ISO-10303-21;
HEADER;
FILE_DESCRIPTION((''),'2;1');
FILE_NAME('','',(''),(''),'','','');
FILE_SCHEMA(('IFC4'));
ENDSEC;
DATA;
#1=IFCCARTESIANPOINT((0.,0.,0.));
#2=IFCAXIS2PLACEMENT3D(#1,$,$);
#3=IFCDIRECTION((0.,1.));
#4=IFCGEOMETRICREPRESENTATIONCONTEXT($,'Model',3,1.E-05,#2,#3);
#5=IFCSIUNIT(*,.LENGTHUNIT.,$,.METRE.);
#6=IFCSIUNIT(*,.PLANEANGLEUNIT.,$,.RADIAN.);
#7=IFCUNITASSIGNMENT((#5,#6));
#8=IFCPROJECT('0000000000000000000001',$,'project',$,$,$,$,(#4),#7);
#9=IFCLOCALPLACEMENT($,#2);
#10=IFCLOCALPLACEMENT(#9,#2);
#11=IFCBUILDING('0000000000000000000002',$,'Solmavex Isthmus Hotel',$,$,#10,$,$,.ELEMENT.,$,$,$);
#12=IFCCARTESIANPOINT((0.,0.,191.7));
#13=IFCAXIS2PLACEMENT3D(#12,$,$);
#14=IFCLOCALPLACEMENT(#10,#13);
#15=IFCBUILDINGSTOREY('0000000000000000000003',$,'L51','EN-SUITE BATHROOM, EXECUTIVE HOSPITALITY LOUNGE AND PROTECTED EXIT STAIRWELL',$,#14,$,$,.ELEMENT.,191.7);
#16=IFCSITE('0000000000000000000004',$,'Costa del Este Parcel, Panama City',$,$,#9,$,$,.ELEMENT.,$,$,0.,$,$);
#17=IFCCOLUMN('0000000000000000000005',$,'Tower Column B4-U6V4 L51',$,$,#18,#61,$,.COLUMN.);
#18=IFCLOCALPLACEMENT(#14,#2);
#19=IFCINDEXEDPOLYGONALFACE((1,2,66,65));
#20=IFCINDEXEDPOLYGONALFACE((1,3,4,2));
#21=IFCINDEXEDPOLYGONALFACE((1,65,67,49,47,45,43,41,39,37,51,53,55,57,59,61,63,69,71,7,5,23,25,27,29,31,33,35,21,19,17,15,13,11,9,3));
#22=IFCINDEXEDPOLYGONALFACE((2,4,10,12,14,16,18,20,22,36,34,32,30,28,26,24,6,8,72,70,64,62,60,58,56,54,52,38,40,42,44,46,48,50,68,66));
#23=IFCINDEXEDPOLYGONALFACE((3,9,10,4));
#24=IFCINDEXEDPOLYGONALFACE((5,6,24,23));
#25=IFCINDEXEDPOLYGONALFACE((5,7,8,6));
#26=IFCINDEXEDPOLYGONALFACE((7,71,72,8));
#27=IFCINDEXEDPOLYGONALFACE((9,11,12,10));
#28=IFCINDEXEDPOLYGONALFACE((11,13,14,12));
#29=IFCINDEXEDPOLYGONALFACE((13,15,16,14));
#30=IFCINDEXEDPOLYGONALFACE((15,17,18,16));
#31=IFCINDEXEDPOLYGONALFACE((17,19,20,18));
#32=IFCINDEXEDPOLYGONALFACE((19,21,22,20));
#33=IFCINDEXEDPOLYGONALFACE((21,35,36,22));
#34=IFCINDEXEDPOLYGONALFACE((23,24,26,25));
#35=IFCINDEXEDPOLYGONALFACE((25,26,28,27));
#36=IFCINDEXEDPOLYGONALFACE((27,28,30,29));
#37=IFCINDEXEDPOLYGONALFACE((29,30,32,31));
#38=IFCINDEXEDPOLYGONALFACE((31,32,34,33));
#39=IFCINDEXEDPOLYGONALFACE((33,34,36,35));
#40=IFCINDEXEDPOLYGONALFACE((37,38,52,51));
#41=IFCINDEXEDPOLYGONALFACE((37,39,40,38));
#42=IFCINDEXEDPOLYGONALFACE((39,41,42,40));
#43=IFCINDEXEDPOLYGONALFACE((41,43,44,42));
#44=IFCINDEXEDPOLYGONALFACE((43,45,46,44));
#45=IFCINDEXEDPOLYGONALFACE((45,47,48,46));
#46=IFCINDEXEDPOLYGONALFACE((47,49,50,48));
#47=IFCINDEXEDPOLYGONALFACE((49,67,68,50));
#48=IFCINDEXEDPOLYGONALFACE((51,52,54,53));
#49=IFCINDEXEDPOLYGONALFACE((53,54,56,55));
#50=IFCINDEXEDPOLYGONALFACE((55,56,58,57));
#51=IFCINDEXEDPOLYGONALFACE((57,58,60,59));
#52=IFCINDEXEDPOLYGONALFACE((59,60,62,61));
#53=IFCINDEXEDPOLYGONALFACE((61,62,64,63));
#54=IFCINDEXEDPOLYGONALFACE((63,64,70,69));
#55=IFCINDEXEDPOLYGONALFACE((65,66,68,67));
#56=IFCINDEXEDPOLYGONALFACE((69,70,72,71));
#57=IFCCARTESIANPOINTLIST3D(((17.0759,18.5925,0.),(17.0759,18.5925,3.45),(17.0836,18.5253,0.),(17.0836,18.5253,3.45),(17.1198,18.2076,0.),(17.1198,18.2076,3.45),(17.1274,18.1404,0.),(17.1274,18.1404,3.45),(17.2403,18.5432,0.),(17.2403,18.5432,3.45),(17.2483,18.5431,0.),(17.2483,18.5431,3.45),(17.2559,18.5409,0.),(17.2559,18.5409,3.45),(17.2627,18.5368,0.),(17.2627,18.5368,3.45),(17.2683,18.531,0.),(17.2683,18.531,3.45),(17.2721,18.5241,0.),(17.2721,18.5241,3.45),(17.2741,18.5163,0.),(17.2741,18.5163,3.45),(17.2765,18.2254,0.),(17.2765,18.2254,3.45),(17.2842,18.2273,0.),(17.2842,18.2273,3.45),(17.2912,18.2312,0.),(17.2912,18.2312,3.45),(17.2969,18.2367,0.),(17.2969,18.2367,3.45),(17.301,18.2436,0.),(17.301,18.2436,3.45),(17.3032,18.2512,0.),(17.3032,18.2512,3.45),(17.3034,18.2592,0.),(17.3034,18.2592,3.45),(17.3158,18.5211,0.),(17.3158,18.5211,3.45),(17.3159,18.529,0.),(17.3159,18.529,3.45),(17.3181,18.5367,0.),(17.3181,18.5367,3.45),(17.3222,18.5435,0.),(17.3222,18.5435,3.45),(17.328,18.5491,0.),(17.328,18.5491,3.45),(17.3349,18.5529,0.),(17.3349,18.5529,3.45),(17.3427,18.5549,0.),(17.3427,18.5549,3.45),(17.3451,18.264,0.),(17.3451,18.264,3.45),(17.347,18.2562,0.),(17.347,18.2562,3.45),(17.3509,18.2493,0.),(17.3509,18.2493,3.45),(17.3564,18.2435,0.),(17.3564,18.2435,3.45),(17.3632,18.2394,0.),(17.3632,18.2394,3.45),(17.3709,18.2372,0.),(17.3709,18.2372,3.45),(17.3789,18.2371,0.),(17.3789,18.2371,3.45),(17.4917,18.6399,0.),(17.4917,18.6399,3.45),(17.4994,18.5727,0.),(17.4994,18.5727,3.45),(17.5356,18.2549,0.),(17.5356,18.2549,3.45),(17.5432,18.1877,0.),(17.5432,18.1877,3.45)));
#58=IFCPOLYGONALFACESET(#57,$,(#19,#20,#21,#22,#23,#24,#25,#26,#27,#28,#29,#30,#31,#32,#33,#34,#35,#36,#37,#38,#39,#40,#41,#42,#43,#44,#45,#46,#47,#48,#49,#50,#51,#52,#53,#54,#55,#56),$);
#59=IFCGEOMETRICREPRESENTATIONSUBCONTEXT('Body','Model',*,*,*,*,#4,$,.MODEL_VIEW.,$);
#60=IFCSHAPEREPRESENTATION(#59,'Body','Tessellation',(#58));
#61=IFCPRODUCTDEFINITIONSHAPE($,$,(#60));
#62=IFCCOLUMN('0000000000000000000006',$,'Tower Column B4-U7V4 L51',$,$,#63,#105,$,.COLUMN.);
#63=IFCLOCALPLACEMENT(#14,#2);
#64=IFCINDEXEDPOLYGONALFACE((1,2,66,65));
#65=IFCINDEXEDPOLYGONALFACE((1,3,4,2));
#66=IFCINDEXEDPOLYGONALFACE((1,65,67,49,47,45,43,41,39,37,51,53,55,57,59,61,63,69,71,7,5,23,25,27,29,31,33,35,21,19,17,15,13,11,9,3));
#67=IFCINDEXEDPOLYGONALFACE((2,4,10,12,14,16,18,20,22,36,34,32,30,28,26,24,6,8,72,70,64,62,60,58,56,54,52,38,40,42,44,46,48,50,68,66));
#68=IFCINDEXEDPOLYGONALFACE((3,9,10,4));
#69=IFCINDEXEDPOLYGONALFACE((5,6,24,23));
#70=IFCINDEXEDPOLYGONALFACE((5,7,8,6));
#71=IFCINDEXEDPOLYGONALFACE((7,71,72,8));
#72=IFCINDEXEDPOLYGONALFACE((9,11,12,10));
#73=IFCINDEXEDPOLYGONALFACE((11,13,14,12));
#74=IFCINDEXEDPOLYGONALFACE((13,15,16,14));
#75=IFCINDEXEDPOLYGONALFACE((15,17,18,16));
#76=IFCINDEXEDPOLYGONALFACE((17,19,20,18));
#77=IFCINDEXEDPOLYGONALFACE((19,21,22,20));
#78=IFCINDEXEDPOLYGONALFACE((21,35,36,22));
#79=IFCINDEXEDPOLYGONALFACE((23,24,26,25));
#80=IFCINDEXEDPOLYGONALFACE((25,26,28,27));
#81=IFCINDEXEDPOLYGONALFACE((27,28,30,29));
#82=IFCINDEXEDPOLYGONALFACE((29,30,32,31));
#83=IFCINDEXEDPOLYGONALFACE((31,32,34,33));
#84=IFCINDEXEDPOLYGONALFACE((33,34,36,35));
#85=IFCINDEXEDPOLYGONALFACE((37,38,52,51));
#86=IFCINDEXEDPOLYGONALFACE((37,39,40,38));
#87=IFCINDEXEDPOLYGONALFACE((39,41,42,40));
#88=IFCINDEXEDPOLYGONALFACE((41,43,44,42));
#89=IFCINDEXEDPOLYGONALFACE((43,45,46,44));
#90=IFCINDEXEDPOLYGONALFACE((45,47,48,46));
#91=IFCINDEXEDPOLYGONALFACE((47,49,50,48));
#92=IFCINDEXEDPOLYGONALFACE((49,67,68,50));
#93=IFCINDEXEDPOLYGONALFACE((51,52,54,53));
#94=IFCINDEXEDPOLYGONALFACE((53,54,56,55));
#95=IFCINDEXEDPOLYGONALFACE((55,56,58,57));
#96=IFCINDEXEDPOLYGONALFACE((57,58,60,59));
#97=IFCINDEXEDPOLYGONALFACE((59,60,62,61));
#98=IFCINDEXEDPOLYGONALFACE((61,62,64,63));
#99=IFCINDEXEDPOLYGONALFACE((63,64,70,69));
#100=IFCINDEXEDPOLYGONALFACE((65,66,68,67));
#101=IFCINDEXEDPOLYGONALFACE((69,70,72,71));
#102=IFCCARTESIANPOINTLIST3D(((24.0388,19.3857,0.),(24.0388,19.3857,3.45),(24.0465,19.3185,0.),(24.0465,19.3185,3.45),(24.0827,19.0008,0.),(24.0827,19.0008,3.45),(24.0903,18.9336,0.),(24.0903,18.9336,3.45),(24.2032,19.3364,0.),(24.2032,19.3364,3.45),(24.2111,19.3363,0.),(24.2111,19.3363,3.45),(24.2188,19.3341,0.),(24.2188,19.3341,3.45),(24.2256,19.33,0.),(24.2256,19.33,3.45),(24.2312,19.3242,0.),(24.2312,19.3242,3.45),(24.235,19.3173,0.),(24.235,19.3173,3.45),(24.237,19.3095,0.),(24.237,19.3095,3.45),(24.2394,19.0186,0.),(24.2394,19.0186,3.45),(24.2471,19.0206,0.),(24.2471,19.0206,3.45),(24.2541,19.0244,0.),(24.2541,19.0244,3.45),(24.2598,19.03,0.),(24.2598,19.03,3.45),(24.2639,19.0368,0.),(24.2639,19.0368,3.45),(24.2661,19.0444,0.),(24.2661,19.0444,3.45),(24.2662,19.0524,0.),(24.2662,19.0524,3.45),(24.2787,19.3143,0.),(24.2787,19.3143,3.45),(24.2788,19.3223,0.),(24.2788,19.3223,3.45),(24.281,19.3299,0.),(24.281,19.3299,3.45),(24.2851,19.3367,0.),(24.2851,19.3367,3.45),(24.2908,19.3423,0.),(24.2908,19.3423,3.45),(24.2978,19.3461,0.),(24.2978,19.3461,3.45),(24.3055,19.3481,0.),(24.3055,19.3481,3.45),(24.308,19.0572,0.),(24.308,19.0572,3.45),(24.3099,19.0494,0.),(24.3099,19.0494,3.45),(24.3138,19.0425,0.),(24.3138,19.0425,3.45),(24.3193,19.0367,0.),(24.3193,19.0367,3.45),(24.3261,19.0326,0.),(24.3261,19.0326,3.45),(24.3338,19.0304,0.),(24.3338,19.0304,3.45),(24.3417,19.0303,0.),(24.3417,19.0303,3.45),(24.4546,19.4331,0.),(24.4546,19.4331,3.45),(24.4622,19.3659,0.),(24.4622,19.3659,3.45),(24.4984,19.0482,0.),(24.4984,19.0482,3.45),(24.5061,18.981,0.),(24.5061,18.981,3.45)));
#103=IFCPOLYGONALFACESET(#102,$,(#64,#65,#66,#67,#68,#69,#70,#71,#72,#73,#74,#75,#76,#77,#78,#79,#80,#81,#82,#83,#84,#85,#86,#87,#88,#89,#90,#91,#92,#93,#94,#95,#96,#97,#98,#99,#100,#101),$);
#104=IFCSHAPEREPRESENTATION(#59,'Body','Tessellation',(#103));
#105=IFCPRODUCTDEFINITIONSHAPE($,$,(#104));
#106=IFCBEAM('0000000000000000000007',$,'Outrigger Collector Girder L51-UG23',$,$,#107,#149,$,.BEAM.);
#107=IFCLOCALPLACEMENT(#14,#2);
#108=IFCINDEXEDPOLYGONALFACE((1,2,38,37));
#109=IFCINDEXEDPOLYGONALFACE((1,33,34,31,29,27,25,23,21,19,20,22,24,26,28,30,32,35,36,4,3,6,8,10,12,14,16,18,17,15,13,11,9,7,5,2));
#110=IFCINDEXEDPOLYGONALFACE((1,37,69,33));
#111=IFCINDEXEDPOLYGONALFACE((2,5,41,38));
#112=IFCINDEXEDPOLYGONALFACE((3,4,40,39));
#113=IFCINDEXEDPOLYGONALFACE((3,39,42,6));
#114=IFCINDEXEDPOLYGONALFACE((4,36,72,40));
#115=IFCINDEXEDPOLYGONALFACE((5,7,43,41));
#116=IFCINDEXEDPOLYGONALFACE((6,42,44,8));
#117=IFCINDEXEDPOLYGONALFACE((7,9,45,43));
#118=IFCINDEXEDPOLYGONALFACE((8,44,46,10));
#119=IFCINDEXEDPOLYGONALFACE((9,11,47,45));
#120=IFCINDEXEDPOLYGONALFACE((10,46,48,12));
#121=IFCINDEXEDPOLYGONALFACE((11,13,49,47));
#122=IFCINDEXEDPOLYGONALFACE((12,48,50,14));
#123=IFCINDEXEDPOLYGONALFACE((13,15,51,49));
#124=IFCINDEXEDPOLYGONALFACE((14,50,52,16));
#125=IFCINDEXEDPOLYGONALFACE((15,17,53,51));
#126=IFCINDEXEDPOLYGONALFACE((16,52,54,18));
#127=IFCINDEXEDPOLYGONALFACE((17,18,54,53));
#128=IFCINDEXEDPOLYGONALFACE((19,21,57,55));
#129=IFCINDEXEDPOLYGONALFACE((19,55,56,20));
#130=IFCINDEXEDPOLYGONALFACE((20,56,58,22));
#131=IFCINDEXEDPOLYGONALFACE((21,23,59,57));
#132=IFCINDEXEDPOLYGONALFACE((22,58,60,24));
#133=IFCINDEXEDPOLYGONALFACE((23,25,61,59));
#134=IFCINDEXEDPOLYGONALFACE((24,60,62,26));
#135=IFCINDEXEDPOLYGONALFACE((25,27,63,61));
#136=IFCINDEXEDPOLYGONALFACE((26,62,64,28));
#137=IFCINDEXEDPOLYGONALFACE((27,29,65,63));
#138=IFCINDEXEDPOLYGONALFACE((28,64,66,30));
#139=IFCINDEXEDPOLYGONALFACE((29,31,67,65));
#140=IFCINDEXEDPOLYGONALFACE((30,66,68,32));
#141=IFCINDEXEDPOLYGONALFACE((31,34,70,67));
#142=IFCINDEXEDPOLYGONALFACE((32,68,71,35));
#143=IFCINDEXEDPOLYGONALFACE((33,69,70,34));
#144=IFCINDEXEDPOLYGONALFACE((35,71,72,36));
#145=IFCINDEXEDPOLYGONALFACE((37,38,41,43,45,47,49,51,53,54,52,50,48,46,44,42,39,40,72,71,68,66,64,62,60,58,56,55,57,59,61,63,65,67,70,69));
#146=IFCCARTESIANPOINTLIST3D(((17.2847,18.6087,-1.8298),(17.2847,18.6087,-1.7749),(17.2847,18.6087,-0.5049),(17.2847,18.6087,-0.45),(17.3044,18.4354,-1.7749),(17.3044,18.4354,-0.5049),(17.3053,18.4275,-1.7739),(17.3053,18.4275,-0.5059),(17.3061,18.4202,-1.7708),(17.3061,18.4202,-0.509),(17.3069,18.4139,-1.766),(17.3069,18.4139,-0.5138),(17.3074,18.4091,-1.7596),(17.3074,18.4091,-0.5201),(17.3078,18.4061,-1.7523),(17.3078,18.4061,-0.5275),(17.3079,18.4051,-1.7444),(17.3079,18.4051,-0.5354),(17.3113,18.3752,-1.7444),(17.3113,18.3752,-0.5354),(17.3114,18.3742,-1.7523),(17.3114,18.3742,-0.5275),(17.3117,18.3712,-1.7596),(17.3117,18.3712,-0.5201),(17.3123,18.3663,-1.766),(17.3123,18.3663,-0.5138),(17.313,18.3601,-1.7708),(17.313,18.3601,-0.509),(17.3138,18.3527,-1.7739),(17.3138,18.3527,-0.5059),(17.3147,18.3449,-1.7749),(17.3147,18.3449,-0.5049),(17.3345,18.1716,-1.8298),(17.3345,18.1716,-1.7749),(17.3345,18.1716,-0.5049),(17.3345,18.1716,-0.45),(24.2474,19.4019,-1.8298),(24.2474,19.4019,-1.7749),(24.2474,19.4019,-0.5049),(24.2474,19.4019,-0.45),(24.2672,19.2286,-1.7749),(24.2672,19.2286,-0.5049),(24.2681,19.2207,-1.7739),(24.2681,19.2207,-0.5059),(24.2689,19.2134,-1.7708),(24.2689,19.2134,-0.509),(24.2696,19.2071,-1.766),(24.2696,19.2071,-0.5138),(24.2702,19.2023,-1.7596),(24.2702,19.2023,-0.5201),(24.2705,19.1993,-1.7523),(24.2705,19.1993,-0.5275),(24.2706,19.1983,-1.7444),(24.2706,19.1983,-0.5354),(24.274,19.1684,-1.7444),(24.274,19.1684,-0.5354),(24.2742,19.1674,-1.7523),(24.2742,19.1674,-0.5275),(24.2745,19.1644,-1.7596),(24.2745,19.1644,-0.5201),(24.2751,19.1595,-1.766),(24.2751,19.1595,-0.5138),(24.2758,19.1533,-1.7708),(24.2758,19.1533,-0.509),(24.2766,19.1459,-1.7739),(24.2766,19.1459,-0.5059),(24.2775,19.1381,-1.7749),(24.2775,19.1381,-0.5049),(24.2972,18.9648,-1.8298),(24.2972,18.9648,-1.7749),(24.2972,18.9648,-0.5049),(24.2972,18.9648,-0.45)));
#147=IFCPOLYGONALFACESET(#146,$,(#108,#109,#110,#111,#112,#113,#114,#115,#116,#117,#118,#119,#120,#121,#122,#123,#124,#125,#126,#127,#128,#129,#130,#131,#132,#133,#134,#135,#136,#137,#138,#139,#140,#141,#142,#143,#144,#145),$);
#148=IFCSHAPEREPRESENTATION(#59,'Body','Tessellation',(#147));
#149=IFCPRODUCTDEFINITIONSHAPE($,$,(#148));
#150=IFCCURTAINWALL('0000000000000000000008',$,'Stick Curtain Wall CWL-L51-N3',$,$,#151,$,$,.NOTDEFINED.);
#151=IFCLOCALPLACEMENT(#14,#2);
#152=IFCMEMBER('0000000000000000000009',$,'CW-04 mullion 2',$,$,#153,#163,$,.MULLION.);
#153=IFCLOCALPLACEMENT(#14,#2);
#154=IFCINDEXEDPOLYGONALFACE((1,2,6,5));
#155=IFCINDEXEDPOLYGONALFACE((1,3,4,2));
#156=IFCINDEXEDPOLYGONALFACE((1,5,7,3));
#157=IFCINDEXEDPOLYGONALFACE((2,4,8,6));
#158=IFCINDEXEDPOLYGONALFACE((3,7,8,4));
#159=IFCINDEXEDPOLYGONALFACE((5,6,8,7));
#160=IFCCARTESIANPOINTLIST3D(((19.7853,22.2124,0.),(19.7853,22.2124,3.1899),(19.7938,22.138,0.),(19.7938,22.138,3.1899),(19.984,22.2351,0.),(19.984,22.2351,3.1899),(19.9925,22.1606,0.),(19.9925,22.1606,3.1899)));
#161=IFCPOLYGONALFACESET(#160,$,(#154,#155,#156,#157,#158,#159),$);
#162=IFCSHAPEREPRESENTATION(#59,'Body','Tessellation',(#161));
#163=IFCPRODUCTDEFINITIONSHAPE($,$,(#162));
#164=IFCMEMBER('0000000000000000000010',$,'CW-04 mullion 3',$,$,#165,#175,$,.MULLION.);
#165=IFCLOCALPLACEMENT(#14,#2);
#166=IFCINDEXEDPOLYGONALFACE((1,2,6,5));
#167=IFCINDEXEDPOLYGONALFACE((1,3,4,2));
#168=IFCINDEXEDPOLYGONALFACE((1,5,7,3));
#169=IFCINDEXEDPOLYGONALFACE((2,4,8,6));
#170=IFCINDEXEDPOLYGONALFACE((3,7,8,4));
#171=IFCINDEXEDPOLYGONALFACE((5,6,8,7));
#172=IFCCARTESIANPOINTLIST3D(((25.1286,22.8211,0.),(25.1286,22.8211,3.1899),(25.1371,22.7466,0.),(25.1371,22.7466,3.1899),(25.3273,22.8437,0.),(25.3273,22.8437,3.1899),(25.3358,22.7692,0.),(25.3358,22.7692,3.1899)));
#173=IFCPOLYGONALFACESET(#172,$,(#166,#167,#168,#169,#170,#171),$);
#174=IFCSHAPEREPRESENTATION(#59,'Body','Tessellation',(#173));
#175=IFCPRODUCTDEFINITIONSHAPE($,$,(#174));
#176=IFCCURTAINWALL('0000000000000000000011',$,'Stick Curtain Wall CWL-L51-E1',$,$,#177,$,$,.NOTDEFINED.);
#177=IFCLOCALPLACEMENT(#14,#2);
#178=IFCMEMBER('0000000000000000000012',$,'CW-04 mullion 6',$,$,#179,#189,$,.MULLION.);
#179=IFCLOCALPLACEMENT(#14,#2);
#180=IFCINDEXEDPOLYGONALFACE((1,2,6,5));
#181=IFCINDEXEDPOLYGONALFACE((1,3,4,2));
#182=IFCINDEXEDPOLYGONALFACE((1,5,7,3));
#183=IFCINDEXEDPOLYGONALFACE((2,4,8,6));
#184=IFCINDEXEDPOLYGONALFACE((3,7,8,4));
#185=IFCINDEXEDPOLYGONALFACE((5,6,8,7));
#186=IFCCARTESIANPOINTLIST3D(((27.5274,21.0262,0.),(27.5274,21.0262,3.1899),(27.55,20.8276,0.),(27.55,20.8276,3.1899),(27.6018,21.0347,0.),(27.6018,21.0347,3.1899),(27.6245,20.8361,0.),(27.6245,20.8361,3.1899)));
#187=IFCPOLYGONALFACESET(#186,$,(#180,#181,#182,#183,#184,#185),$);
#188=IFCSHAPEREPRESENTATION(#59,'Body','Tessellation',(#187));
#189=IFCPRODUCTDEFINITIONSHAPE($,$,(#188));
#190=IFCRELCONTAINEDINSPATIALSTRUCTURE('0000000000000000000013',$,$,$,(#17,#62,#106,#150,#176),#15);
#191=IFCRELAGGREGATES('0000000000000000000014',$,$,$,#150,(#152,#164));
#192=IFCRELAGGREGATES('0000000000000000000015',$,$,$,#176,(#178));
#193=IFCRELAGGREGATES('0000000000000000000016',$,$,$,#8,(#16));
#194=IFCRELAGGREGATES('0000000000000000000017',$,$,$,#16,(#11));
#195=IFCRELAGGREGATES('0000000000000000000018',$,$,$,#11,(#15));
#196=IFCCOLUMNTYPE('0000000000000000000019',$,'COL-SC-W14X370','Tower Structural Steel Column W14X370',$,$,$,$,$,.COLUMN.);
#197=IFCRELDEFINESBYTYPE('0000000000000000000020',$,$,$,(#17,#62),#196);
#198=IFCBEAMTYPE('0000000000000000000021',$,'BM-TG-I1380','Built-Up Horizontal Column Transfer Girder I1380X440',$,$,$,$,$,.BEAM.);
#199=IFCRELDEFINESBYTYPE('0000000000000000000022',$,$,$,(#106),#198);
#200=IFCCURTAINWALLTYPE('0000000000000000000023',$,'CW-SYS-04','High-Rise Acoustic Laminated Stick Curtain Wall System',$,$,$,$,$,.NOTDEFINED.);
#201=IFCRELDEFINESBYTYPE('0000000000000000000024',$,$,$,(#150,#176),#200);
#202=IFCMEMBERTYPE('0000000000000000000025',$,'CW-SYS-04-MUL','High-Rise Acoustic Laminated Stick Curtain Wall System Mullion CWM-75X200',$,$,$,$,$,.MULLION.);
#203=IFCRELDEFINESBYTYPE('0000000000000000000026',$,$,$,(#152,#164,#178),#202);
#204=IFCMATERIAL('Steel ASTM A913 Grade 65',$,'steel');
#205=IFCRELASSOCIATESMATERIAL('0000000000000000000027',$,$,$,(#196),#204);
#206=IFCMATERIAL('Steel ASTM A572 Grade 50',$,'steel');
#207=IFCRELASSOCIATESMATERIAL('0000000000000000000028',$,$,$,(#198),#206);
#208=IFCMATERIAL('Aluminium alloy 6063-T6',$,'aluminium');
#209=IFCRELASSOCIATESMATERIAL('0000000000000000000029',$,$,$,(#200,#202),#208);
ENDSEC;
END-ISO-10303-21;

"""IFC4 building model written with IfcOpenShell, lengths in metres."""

from ifc_helpers import new_model, si_unit, direction, frame, origin, origin_2d, place, context, subcontext, project, spatial, rectangle, i_section, extrude, material, material_profile, profile_set, type_object, element, aggregate, save


model = new_model("IFC4")

# Units and contexts
model_context = context("Model", 3, precision=1e-05, world=origin(), true_north=direction((0.0, 1.0)))
body_context = subcontext(model_context, "Body", "Model", "MODEL_VIEW")
ifc_project = project(units=[si_unit("LENGTHUNIT", "METRE"), si_unit("PLANEANGLEUNIT", "RADIAN")], contexts=[model_context])

# Site, building, storey
site_placement = place(None, origin())
site = spatial("IfcSite", under=ifc_project, at=site_placement, Name="Costa del Este Parcel, Panama City", CompositionType="ELEMENT", RefElevation=0.0)
building_placement = place(site_placement, origin())
building = spatial("IfcBuilding", under=site, at=building_placement, Name="Solmavex Isthmus Hotel", CompositionType="ELEMENT")
storey_placement = place(building_placement, frame((0.0, 0.0, 191.7)))
storey = spatial("IfcBuildingStorey", under=building, at=storey_placement, Name="L51", Description="EN-SUITE BATHROOM, EXECUTIVE HOSPITALITY LOUNGE AND PROTECTED EXIT STAIRWELL", CompositionType="ELEMENT", Elevation=191.7)

# Columns
ifc_material_1 = material(Name="Steel ASTM A913 Grade 65", Category="steel")
ifc_material_profile_1 = material_profile(ifc_material_1, i_section(OverallWidth=0.4185, OverallDepth=0.4551, WebThickness=0.042, FlangeThickness=0.0676, FilletRadius=0.0305, at=origin_2d()), Name="W14X370")
ifc_profile_set_1 = profile_set([ifc_material_profile_1], Name="Steel ASTM A913 Grade 65")
column_type = type_object("IfcColumnType", Name="COL-SC-W14X370", Description="Tower Structural Steel Column W14X370", PredefinedType="COLUMN", material=ifc_profile_set_1)
for number, where, z_axis, x_axis, name in (
    (1, (17.3096, 18.3901, 0.0), (0.0, 0.0, 1.0), (0.993572, 0.113203, 0.0), "Tower Column B4-U6V4 L51"),
    (2, (24.2725, 19.1833, 0.0), (0.0, 0.0, 1.0), (0.993572, 0.113203, 0.0), "Tower Column B4-U7V4 L51"),
):
    element("IfcColumn", number, at=place(storey_placement, frame(where, z_axis=z_axis, x_axis=x_axis)), inside=storey, type_object=column_type, Name=name, PredefinedType="COLUMN", context=body_context, shape_type="SweptSolid", body=[
        extrude(i_section(OverallWidth=0.4185, OverallDepth=0.4551, WebThickness=0.042, FlangeThickness=0.0676, FilletRadius=0.0305, at=origin_2d()), origin(), (0.0, 0.0, 1.0), 3.45),
    ])

# Beam
ifc_material_2 = material(Name="Steel ASTM A572 Grade 50", Category="steel")
ifc_material_profile_2 = material_profile(ifc_material_2, i_section(OverallWidth=0.4399, OverallDepth=1.3799, WebThickness=0.03, FlangeThickness=0.0549, FilletRadius=0.0305, at=origin_2d()), Name="I1380X440")
ifc_profile_set_2 = profile_set([ifc_material_profile_2], Name="Steel ASTM A572 Grade 50")
beam_type = type_object("IfcBeamType", Name="BM-TG-I1380", Description="Built-Up Horizontal Column Transfer Girder I1380X440", PredefinedType="BEAM", material=ifc_profile_set_2)
beam_placement = place(storey_placement, frame((17.3096, 18.3901, -1.1399), z_axis=(0.993574, 0.113188, 0.0), x_axis=(-0.113188, 0.993574, 0.0)))
element("IfcBeam", 3, at=beam_placement, inside=storey, type_object=beam_type, Name="Outrigger Collector Girder L51-UG23", PredefinedType="BEAM", context=body_context, shape_type="SweptSolid", body=[
    extrude(i_section(OverallWidth=0.4399, OverallDepth=1.3799, WebThickness=0.03, FlangeThickness=0.0549, FilletRadius=0.0305, at=origin_2d()), origin(), (0.0, 0.0, 1.0), 7.0078),
])

# Curtain wall, members
ifc_material_3 = material(Name="Aluminium alloy 6063-T6", Category="aluminium")
curtain_wall_type = type_object("IfcCurtainWallType", Name="CW-SYS-04", Description="High-Rise Acoustic Laminated Stick Curtain Wall System", PredefinedType="NOTDEFINED", material=ifc_material_3)
curtain_wall_1_placement = place(storey_placement, origin())
curtain_wall_1 = element("IfcCurtainWall", 4, at=curtain_wall_1_placement, inside=storey, type_object=curtain_wall_type, Name="Stick Curtain Wall CWL-L51-N3", PredefinedType="NOTDEFINED")
ifc_material_profile_3 = material_profile(ifc_material_3, rectangle(XDim=0.075, YDim=0.2, at=origin_2d()), Name="CWM-75X200")
ifc_profile_set_3 = profile_set([ifc_material_profile_3], Name="Aluminium alloy 6063-T6")
member_type_1 = type_object("IfcMemberType", Name="CW-SYS-04-MUL", Description="High-Rise Acoustic Laminated Stick Curtain Wall System Mullion CWM-75X200", PredefinedType="MULLION", material=ifc_profile_set_3)
member_1_placement = place(storey_placement, frame((19.8889, 22.1865, 0.0), z_axis=(0.0, 0.0, 1.0), x_axis=(-0.113204, 0.993572, 0.0)))
member_1 = element("IfcMember", 5, at=member_1_placement, type_object=member_type_1, Name="CW-04 mullion 2", PredefinedType="MULLION", context=body_context, shape_type="SweptSolid", body=[
    extrude(rectangle(XDim=0.075, YDim=0.2, at=origin_2d()), origin(), (0.0, 0.0, 1.0), 3.1899),
])
member_2_placement = place(storey_placement, frame((25.2322, 22.7952, 0.0), z_axis=(0.0, 0.0, 1.0), x_axis=(-0.113204, 0.993572, 0.0)))
member_2 = element("IfcMember", 6, at=member_2_placement, type_object=member_type_1, Name="CW-04 mullion 3", PredefinedType="MULLION", context=body_context, shape_type="SweptSolid", body=[
    extrude(rectangle(XDim=0.075, YDim=0.2, at=origin_2d()), origin(), (0.0, 0.0, 1.0), 3.1899),
])

# Curtain wall, member
curtain_wall_2_placement = place(storey_placement, origin())
curtain_wall_2 = element("IfcCurtainWall", 7, at=curtain_wall_2_placement, inside=storey, type_object=curtain_wall_type, Name="Stick Curtain Wall CWL-L51-E1", PredefinedType="NOTDEFINED")
member_3_placement = place(storey_placement, frame((27.5759, 20.9312, 0.0), z_axis=(0.0, 0.0, 1.0), x_axis=(-0.993572, -0.113203, 0.0)))
member_3 = element("IfcMember", 8, at=member_3_placement, type_object=member_type_1, Name="CW-04 mullion 6", PredefinedType="MULLION", context=body_context, shape_type="SweptSolid", body=[
    extrude(rectangle(XDim=0.075, YDim=0.2, at=origin_2d()), origin(), (0.0, 0.0, 1.0), 3.1899),
])

aggregate(curtain_wall_1, [member_1, member_2])
aggregate(curtain_wall_2, [member_3])

save(model, "model.ifc")
